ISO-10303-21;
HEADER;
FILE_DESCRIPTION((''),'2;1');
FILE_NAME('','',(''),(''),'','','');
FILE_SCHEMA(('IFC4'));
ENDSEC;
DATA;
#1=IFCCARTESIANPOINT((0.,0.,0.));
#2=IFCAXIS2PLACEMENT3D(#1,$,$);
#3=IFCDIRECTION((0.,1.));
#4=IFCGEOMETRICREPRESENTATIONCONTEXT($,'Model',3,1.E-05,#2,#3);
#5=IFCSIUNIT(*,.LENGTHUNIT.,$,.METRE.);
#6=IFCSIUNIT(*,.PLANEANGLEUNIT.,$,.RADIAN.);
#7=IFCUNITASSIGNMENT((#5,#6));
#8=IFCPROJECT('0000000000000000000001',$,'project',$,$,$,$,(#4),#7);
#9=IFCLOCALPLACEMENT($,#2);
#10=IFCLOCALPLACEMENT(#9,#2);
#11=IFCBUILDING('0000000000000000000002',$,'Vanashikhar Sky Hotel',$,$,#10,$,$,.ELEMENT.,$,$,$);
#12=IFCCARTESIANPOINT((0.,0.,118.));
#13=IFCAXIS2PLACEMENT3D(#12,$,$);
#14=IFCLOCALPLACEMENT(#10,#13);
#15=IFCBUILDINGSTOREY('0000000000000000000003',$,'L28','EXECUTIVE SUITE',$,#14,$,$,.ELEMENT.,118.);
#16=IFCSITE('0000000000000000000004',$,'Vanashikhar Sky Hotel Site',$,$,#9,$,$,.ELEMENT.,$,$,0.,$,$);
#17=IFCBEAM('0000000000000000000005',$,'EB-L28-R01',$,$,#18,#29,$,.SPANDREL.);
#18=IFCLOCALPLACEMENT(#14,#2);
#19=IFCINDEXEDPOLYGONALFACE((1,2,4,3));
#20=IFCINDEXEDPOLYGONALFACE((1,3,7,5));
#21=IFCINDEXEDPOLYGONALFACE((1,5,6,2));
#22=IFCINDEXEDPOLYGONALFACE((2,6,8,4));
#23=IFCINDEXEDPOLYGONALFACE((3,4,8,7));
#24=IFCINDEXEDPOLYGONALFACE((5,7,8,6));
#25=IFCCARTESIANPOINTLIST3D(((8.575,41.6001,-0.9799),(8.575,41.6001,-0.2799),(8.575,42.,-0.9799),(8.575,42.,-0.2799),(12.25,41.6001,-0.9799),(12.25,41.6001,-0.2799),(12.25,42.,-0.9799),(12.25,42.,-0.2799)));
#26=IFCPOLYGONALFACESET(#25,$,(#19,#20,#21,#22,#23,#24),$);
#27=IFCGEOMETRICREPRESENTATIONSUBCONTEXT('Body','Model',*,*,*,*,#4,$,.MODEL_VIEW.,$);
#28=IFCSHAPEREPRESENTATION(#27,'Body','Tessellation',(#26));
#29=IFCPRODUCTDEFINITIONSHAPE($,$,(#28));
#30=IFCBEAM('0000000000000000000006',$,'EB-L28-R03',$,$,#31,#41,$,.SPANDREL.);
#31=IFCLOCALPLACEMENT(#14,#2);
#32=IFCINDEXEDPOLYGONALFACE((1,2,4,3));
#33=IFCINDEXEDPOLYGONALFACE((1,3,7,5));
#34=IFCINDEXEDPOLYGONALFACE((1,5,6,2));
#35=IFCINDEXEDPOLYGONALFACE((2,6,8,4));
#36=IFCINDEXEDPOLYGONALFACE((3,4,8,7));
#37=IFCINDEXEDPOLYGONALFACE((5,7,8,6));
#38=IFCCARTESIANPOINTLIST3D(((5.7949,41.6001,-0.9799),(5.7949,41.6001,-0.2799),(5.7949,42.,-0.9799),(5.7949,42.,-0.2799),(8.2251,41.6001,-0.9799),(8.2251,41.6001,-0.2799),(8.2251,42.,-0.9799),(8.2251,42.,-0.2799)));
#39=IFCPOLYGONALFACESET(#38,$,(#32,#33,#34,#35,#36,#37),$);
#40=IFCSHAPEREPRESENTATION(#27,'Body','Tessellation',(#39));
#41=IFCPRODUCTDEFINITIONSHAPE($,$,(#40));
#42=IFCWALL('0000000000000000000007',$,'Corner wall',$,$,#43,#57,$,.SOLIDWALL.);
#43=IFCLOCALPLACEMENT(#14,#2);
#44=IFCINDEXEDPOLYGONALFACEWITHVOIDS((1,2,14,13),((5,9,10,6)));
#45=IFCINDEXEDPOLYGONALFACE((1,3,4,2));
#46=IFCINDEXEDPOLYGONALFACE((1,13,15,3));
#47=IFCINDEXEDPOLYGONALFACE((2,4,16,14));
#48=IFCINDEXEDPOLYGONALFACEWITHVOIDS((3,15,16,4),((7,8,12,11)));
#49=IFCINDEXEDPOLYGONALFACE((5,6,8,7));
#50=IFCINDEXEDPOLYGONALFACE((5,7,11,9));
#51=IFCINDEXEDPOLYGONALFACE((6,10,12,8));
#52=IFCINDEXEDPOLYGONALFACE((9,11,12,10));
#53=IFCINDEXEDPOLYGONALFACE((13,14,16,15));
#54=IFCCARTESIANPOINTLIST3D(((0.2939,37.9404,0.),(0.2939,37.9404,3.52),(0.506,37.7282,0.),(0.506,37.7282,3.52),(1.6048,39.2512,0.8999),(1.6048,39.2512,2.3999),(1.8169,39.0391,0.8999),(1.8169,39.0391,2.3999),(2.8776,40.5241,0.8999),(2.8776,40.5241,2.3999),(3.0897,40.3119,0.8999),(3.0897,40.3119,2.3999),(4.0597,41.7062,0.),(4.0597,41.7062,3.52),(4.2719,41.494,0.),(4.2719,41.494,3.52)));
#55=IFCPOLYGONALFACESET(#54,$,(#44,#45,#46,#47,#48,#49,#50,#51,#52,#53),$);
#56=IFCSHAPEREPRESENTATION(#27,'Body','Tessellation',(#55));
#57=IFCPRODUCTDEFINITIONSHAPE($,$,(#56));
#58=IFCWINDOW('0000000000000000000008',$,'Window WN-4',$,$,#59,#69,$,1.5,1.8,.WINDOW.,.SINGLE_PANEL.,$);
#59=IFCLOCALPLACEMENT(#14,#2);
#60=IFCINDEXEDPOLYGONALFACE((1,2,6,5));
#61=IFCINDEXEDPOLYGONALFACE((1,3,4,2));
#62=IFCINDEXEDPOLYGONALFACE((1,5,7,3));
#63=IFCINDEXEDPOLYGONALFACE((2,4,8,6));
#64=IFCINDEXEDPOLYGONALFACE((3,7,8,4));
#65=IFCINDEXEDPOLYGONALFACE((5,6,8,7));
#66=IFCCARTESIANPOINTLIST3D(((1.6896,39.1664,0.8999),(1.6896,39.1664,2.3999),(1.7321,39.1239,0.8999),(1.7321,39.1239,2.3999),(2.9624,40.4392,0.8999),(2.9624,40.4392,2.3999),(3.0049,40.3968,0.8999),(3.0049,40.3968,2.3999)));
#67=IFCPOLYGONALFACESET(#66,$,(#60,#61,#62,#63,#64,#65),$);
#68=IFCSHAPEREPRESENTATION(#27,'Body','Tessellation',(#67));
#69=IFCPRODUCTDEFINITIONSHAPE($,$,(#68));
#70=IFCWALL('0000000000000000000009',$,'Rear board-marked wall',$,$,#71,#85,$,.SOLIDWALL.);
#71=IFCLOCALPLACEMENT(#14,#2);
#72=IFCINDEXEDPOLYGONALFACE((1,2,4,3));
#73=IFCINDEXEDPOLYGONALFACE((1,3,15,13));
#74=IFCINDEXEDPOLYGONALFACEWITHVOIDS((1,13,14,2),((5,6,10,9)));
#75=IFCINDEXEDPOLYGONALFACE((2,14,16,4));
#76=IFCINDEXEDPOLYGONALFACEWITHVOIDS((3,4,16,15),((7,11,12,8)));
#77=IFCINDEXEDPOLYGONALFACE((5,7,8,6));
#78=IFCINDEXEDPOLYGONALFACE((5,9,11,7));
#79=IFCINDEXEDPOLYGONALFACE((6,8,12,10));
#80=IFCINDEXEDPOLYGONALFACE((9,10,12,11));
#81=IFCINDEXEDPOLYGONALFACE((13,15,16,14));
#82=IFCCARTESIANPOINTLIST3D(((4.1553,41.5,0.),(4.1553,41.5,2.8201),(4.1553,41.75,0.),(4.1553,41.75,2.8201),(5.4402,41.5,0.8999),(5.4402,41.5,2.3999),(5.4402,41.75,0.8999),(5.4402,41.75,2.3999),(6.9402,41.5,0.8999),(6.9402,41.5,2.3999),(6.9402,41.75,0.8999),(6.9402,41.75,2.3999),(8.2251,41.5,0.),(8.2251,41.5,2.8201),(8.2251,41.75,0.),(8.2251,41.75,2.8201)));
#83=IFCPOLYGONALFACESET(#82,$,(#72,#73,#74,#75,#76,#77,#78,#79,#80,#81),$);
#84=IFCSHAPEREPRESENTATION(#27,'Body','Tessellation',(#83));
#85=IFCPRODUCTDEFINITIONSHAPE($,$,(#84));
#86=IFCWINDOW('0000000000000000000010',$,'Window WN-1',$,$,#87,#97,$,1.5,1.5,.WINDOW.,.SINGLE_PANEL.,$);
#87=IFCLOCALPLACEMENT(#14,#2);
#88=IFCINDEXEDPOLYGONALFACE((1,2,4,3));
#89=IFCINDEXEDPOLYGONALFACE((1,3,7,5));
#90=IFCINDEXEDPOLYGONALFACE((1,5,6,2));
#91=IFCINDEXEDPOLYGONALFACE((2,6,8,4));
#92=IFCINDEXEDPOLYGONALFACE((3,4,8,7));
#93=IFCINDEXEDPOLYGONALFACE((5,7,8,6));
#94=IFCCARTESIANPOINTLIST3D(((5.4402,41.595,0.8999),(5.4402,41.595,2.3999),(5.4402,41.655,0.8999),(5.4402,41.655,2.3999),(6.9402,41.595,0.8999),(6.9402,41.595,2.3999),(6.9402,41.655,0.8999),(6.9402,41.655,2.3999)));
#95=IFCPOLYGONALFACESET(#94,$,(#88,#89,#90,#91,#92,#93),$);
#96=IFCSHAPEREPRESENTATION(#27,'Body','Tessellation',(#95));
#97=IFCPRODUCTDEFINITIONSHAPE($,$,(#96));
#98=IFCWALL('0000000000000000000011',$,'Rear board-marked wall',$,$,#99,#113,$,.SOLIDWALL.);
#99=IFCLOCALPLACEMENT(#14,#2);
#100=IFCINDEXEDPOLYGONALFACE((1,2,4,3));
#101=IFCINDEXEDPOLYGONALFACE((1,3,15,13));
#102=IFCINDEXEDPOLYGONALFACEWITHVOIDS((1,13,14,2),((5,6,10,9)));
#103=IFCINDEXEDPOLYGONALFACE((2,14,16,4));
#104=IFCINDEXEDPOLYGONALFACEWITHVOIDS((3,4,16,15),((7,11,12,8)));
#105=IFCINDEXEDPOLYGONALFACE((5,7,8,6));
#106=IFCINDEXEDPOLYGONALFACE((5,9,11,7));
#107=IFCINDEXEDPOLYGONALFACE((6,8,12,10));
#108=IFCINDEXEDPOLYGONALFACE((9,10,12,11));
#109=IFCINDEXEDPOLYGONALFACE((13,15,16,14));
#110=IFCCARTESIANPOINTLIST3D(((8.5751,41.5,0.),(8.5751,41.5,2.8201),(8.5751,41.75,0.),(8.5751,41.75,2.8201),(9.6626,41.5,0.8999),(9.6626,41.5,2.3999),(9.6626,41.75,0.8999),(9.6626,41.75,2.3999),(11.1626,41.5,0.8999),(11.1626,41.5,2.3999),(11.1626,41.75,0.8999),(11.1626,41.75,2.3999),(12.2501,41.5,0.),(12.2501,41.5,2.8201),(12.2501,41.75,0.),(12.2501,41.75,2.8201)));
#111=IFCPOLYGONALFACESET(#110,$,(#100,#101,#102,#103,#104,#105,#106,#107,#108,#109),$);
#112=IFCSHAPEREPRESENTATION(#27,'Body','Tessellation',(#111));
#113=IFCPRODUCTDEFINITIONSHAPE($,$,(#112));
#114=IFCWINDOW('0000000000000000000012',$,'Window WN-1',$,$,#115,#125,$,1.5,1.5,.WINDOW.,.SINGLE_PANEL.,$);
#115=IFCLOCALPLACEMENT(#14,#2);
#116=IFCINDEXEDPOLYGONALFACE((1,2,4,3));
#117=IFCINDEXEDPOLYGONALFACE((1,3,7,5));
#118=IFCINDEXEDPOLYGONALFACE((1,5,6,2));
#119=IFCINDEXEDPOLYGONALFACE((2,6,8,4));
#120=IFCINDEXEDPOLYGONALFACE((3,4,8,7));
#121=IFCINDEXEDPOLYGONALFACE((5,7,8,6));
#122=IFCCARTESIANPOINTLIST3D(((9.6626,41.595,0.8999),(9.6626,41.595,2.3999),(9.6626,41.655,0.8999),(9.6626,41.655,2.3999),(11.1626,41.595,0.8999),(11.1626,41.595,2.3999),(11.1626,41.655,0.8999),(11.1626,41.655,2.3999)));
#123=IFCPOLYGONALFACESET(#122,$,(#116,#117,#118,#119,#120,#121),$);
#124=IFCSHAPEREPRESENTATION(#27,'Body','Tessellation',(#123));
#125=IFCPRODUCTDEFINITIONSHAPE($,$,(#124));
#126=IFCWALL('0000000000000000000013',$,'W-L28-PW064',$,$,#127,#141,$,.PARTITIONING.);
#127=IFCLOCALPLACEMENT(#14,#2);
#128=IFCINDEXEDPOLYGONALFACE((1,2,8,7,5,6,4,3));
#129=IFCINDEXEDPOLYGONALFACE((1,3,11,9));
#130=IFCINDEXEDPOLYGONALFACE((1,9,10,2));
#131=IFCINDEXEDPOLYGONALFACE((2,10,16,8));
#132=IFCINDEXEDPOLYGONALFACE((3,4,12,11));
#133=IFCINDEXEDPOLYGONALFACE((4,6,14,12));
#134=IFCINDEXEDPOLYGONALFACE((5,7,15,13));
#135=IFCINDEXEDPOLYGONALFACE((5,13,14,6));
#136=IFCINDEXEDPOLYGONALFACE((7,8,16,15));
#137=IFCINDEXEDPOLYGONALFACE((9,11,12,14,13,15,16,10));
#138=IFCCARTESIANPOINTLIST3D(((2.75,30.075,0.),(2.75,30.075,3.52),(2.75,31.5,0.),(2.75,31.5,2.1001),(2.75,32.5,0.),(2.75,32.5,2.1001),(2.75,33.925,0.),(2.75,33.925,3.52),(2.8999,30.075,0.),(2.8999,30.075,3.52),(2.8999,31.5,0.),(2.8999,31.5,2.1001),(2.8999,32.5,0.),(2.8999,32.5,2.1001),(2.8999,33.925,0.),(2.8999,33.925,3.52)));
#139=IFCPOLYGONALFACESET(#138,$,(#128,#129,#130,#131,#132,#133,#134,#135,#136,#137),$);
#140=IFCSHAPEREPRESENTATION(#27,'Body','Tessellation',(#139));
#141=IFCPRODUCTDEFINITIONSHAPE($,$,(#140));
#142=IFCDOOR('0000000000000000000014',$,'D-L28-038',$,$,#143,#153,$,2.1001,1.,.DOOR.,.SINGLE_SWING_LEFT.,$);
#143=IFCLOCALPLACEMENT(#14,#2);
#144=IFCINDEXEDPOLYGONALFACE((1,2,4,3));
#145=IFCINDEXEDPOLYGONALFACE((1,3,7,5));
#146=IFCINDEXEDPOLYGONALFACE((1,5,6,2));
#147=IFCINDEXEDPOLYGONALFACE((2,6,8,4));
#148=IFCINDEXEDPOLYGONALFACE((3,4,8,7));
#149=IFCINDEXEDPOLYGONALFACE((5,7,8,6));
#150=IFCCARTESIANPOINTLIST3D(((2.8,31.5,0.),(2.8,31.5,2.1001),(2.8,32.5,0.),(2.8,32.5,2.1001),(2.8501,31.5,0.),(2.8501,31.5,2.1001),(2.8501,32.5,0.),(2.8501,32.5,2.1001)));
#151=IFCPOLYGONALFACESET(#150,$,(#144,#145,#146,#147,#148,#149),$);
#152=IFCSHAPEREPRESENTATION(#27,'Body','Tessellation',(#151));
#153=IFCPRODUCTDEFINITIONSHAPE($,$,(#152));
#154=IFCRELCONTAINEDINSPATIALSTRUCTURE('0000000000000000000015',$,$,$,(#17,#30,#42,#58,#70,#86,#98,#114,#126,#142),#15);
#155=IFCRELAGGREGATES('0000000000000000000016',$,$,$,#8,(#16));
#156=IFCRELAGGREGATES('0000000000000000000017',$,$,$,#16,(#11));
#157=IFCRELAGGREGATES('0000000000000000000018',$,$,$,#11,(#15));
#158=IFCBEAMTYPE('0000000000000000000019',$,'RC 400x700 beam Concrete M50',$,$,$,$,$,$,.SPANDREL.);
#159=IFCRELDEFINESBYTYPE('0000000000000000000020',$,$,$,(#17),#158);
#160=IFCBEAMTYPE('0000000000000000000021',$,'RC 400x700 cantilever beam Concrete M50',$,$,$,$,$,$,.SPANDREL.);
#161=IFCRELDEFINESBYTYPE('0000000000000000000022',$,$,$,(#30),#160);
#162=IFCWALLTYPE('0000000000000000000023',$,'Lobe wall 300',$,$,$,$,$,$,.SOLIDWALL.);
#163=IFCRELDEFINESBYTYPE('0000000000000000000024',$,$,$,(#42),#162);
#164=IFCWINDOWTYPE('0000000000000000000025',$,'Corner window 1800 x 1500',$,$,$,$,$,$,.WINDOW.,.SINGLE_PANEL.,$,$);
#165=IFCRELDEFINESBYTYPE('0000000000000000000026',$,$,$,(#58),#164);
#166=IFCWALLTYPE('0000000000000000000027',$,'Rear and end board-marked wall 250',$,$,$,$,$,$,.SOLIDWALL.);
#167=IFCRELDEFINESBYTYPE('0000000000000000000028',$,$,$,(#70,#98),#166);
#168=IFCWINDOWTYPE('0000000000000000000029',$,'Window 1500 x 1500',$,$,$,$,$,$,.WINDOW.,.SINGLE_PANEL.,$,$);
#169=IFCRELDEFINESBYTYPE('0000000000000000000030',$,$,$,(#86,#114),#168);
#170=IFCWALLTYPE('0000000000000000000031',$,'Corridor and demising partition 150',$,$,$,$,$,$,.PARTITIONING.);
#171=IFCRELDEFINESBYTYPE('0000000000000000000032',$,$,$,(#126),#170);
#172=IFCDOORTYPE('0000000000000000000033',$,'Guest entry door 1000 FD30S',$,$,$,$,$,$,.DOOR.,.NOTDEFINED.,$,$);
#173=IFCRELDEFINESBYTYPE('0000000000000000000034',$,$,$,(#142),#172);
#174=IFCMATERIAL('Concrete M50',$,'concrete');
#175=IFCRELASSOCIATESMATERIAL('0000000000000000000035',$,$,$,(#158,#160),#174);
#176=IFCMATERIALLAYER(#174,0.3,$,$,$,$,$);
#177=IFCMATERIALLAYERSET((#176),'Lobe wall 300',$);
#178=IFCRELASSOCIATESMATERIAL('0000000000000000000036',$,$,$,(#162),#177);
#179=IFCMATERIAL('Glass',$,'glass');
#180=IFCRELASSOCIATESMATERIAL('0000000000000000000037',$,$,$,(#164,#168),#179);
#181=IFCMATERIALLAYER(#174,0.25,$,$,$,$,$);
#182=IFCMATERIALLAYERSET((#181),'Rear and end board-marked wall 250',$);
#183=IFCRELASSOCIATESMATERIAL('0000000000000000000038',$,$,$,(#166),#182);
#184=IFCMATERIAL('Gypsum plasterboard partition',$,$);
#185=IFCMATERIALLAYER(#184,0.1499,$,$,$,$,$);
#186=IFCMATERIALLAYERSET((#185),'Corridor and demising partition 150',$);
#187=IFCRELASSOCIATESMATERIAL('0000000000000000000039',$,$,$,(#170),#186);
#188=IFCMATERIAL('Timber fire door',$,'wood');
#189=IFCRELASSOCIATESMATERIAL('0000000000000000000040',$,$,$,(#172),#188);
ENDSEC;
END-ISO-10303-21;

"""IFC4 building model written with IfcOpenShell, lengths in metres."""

from ifc_helpers import new_model, si_unit, direction, frame, frame_2d, origin, origin_2d, place, context, subcontext, project, spatial, rectangle, extrude, source, transform, mapped, material, layer, layer_set, material_profile, profile_set, type_object, element, fill, save


model = new_model("IFC4")

# Units and contexts
model_context = context("Model", 3, precision=1e-05, world=origin(), true_north=direction((0.0, 1.0)))
body_context = subcontext(model_context, "Body", "Model", "MODEL_VIEW")
ifc_project = project(units=[si_unit("LENGTHUNIT", "METRE"), si_unit("PLANEANGLEUNIT", "RADIAN")], contexts=[model_context])

# Site, building, storey
site_placement = place(None, origin())
site = spatial("IfcSite", under=ifc_project, at=site_placement, Name="Vanashikhar Sky Hotel Site", CompositionType="ELEMENT", RefElevation=0.0)
building_placement = place(site_placement, origin())
building = spatial("IfcBuilding", under=site, at=building_placement, Name="Vanashikhar Sky Hotel", CompositionType="ELEMENT")
storey_placement = place(building_placement, frame((0.0, 0.0, 118.0)))
storey = spatial("IfcBuildingStorey", under=building, at=storey_placement, Name="L28", Description="EXECUTIVE SUITE", CompositionType="ELEMENT", Elevation=118.0)

# Beams
ifc_material_1 = material(Name="Concrete M50", Category="concrete")
ifc_material_profile_1 = material_profile(ifc_material_1, rectangle(XDim=0.3999, YDim=0.7, at=origin_2d()))
ifc_profile_set_1 = profile_set([ifc_material_profile_1], Name="RC 400x700 beam Concrete M50")
beam_type_1 = type_object("IfcBeamType", Name="RC 400x700 beam Concrete M50", PredefinedType="SPANDREL", material=ifc_profile_set_1)
shared_shape_1 = source(origin(), body_context, "Body", "SweptSolid", [
    extrude(rectangle(XDim=0.3999, YDim=0.7, at=origin_2d()), origin(), (0.0, 0.0, 1.0), 3.675),
])
beam_1_placement = place(storey_placement, frame((8.575, 41.8, -0.6299), z_axis=(1.0, 0.0, 0.0), x_axis=(0.0, 1.0, 0.0)))
element("IfcBeam", 1, at=beam_1_placement, inside=storey, type_object=beam_type_1, Name="EB-L28-R01", PredefinedType="SPANDREL", context=body_context, shape_type="MappedRepresentation", body=[
    mapped(shared_shape_1, transform((0.0, 0.0, 0.0), scale=1.0)),
])
ifc_material_profile_2 = material_profile(ifc_material_1, rectangle(XDim=0.3999, YDim=0.7, at=origin_2d()))
ifc_profile_set_2 = profile_set([ifc_material_profile_2], Name="RC 400x700 cantilever beam Concrete M50")
beam_type_2 = type_object("IfcBeamType", Name="RC 400x700 cantilever beam Concrete M50", PredefinedType="SPANDREL", material=ifc_profile_set_2)
shared_shape_2 = source(origin(), body_context, "Body", "SweptSolid", [
    extrude(rectangle(XDim=0.3999, YDim=0.7, at=origin_2d()), origin(), (0.0, 0.0, 1.0), 2.4302),
])
beam_2_placement = place(storey_placement, frame((5.7949, 41.8, -0.6299), z_axis=(1.0, 0.0, 0.0), x_axis=(0.0, 1.0, 0.0)))
element("IfcBeam", 2, at=beam_2_placement, inside=storey, type_object=beam_type_2, Name="EB-L28-R03", PredefinedType="SPANDREL", context=body_context, shape_type="MappedRepresentation", body=[
    mapped(shared_shape_2, transform((0.0, 0.0, 0.0), scale=1.0)),
])

# Walls, openings, windows
ifc_layer_1 = layer(ifc_material_1, 0.3)
ifc_layer_set_1 = layer_set([ifc_layer_1], Name="Lobe wall 300")
wall_type_1 = type_object("IfcWallType", Name="Lobe wall 300", PredefinedType="SOLIDWALL", material=ifc_layer_set_1)
shared_shape_3 = source(origin(), body_context, "Body", "SweptSolid", [
    extrude(rectangle(XDim=5.3257, YDim=0.3, at=frame_2d((2.6628, 0.0))), origin(), (0.0, 0.0, 1.0), 3.52),
])
wall_1_placement = place(storey_placement, frame((4.1658, 41.6001, 0.0), z_axis=(0.0, 0.0, 1.0), x_axis=(-0.707107, -0.707107, 0.0)))
wall_1 = element("IfcWall", 3, at=wall_1_placement, inside=storey, type_object=wall_type_1, Name="Corner wall", PredefinedType="SOLIDWALL", context=body_context, shape_type="MappedRepresentation", body=[
    mapped(shared_shape_3, transform((0.0, 0.0, 0.0), scale=1.0)),
])
shared_shape_4 = source(origin(), body_context, "Body", "SweptSolid", [
    extrude(rectangle(XDim=1.8, YDim=1.5, at=frame_2d((0.8999, 0.75))), frame((0.0, 0.1602, 0.0), z_axis=(0.0, -1.0, 0.0), x_axis=(1.0, 0.0, 0.0)), (0.0, 0.0, 1.0), 0.3201),
])
opening_1_placement = place(wall_1_placement, frame((1.6719, 0.0, 0.8999)))
opening_1 = element("IfcOpeningElement", 4, at=opening_1_placement, cuts=wall_1, PredefinedType="OPENING", context=body_context, shape_type="MappedRepresentation", body=[
    mapped(shared_shape_4, transform((0.0, 0.0, 0.0), scale=1.0)),
])
ifc_material_2 = material(Name="Glass", Category="glass")
window_type_1 = type_object("IfcWindowType", Name="Corner window 1800 x 1500", PartitioningType="SINGLE_PANEL", PredefinedType="WINDOW", material=ifc_material_2)
shared_shape_5 = source(origin(), body_context, "Body", "SweptSolid", [
    extrude(rectangle(XDim=1.8, YDim=1.5, at=frame_2d((0.8999, 0.75))), frame((0.0, 0.03, 0.0), z_axis=(0.0, -1.0, 0.0), x_axis=(1.0, 0.0, 0.0)), (0.0, 0.0, 1.0), 0.0601),
])
window_1_placement = place(opening_1_placement, origin())
window_1 = element("IfcWindow", 5, at=window_1_placement, inside=storey, type_object=window_type_1, Name="Window WN-4", OverallHeight=1.5, OverallWidth=1.8, PartitioningType="SINGLE_PANEL", PredefinedType="WINDOW", context=body_context, shape_type="MappedRepresentation", body=[
    mapped(shared_shape_5, transform((0.0, 0.0, 0.0), scale=1.0)),
])
fill(opening_1, window_1)
ifc_layer_2 = layer(ifc_material_1, 0.25)
ifc_layer_set_2 = layer_set([ifc_layer_2], Name="Rear and end board-marked wall 250")
wall_type_2 = type_object("IfcWallType", Name="Rear and end board-marked wall 250", PredefinedType="SOLIDWALL", material=ifc_layer_set_2)
shared_shape_6 = source(origin(), body_context, "Body", "SweptSolid", [
    extrude(rectangle(XDim=4.0698, YDim=0.25, at=frame_2d((2.0349, 0.0))), origin(), (0.0, 0.0, 1.0), 2.8201),
])
wall_2_placement = place(storey_placement, frame((8.2251, 41.625, 0.0), z_axis=(0.0, 0.0, 1.0), x_axis=(-1.0, 0.0, 0.0)))
wall_2 = element("IfcWall", 6, at=wall_2_placement, inside=storey, type_object=wall_type_2, Name="Rear board-marked wall", PredefinedType="SOLIDWALL", context=body_context, shape_type="MappedRepresentation", body=[
    mapped(shared_shape_6, transform((0.0, 0.0, 0.0), scale=1.0)),
])
shared_shape_7 = source(origin(), body_context, "Body", "SweptSolid", [
    extrude(rectangle(XDim=1.5, YDim=1.5, at=frame_2d((0.75, 0.75))), frame((0.0, 0.135, 0.0), z_axis=(0.0, -1.0, 0.0), x_axis=(1.0, 0.0, 0.0)), (0.0, 0.0, 1.0), 0.27),
])
opening_2_placement = place(wall_2_placement, frame((1.2849, 0.0, 0.8999)))
opening_2 = element("IfcOpeningElement", 7, at=opening_2_placement, cuts=wall_2, PredefinedType="OPENING", context=body_context, shape_type="MappedRepresentation", body=[
    mapped(shared_shape_7, transform((0.0, 0.0, 0.0), scale=1.0)),
])
window_type_2 = type_object("IfcWindowType", Name="Window 1500 x 1500", PartitioningType="SINGLE_PANEL", PredefinedType="WINDOW", material=ifc_material_2)
shared_shape_8 = source(origin(), body_context, "Body", "SweptSolid", [
    extrude(rectangle(XDim=1.5, YDim=1.5, at=frame_2d((0.75, 0.75))), frame((0.0, 0.03, 0.0), z_axis=(0.0, -1.0, 0.0), x_axis=(1.0, 0.0, 0.0)), (0.0, 0.0, 1.0), 0.0601),
])
window_2_placement = place(opening_2_placement, origin())
window_2 = element("IfcWindow", 8, at=window_2_placement, inside=storey, type_object=window_type_2, Name="Window WN-1", OverallHeight=1.5, OverallWidth=1.5, PartitioningType="SINGLE_PANEL", PredefinedType="WINDOW", context=body_context, shape_type="MappedRepresentation", body=[
    mapped(shared_shape_8, transform((0.0, 0.0, 0.0), scale=1.0)),
])
fill(opening_2, window_2)
shared_shape_9 = source(origin(), body_context, "Body", "SweptSolid", [
    extrude(rectangle(XDim=3.675, YDim=0.25, at=frame_2d((1.8374, 0.0))), origin(), (0.0, 0.0, 1.0), 2.8201),
])
wall_3_placement = place(storey_placement, frame((12.25, 41.625, 0.0), z_axis=(0.0, 0.0, 1.0), x_axis=(-1.0, 0.0, 0.0)))
wall_3 = element("IfcWall", 9, at=wall_3_placement, inside=storey, type_object=wall_type_2, Name="Rear board-marked wall", PredefinedType="SOLIDWALL", context=body_context, shape_type="MappedRepresentation", body=[
    mapped(shared_shape_9, transform((0.0, 0.0, 0.0), scale=1.0)),
])
opening_3_placement = place(wall_3_placement, frame((1.0874, 0.0, 0.8999)))
opening_3 = element("IfcOpeningElement", 10, at=opening_3_placement, cuts=wall_3, PredefinedType="OPENING", context=body_context, shape_type="MappedRepresentation", body=[
    mapped(shared_shape_7, transform((0.0, 0.0, 0.0), scale=1.0)),
])
window_3_placement = place(opening_3_placement, origin())
window_3 = element("IfcWindow", 11, at=window_3_placement, inside=storey, type_object=window_type_2, Name="Window WN-1", OverallHeight=1.5, OverallWidth=1.5, PartitioningType="SINGLE_PANEL", PredefinedType="WINDOW", context=body_context, shape_type="MappedRepresentation", body=[
    mapped(shared_shape_8, transform((0.0, 0.0, 0.0), scale=1.0)),
])
fill(opening_3, window_3)

# Wall, opening, door
ifc_material_3 = material(Name="Gypsum plasterboard partition")
ifc_layer_3 = layer(ifc_material_3, 0.1499)
ifc_layer_set_3 = layer_set([ifc_layer_3], Name="Corridor and demising partition 150")
wall_type_3 = type_object("IfcWallType", Name="Corridor and demising partition 150", PredefinedType="PARTITIONING", material=ifc_layer_set_3)
shared_shape_10 = source(origin(), body_context, "Body", "SweptSolid", [
    extrude(rectangle(XDim=3.8501, YDim=0.1499, at=frame_2d((1.925, 0.0))), origin(), (0.0, 0.0, 1.0), 3.52),
])
wall_4_placement = place(storey_placement, frame((2.825, 30.075, 0.0), z_axis=(0.0, 0.0, 1.0), x_axis=(0.0, 1.0, 0.0)))
wall_4 = element("IfcWall", 12, at=wall_4_placement, inside=storey, type_object=wall_type_3, Name="W-L28-PW064", PredefinedType="PARTITIONING", context=body_context, shape_type="MappedRepresentation", body=[
    mapped(shared_shape_10, transform((0.0, 0.0, 0.0), scale=1.0)),
])
shared_shape_11 = source(origin(), body_context, "Body", "SweptSolid", [
    extrude(rectangle(XDim=1.0, YDim=2.1001, at=frame_2d((0.5, 1.05))), frame((0.0, 0.085, 0.0), z_axis=(0.0, -1.0, 0.0), x_axis=(1.0, 0.0, 0.0)), (0.0, 0.0, 1.0), 0.1699),
])
opening_4_placement = place(wall_4_placement, frame((1.425, 0.0, 0.0)))
opening_4 = element("IfcOpeningElement", 13, at=opening_4_placement, cuts=wall_4, PredefinedType="OPENING", context=body_context, shape_type="MappedRepresentation", body=[
    mapped(shared_shape_11, transform((0.0, 0.0, 0.0), scale=1.0)),
])
ifc_material_4 = material(Name="Timber fire door", Category="wood")
door_type_1 = type_object("IfcDoorType", Name="Guest entry door 1000 FD30S", OperationType="NOTDEFINED", PredefinedType="DOOR", material=ifc_material_4)
shared_shape_12 = source(origin(), body_context, "Body", "SweptSolid", [
    extrude(rectangle(XDim=1.0, YDim=2.1001, at=frame_2d((0.5, 1.05))), frame((0.0, 0.0249, 0.0), z_axis=(0.0, -1.0, 0.0), x_axis=(1.0, 0.0, 0.0)), (0.0, 0.0, 1.0), 0.05),
])
door_1_placement = place(opening_4_placement, origin())
door_1 = element("IfcDoor", 14, at=door_1_placement, inside=storey, type_object=door_type_1, Name="D-L28-038", OperationType="SINGLE_SWING_LEFT", OverallHeight=2.1001, OverallWidth=1.0, PredefinedType="DOOR", context=body_context, shape_type="MappedRepresentation", body=[
    mapped(shared_shape_12, transform((0.0, 0.0, 0.0), scale=1.0)),
])
fill(opening_4, door_1)

save(model, "model.ifc")
